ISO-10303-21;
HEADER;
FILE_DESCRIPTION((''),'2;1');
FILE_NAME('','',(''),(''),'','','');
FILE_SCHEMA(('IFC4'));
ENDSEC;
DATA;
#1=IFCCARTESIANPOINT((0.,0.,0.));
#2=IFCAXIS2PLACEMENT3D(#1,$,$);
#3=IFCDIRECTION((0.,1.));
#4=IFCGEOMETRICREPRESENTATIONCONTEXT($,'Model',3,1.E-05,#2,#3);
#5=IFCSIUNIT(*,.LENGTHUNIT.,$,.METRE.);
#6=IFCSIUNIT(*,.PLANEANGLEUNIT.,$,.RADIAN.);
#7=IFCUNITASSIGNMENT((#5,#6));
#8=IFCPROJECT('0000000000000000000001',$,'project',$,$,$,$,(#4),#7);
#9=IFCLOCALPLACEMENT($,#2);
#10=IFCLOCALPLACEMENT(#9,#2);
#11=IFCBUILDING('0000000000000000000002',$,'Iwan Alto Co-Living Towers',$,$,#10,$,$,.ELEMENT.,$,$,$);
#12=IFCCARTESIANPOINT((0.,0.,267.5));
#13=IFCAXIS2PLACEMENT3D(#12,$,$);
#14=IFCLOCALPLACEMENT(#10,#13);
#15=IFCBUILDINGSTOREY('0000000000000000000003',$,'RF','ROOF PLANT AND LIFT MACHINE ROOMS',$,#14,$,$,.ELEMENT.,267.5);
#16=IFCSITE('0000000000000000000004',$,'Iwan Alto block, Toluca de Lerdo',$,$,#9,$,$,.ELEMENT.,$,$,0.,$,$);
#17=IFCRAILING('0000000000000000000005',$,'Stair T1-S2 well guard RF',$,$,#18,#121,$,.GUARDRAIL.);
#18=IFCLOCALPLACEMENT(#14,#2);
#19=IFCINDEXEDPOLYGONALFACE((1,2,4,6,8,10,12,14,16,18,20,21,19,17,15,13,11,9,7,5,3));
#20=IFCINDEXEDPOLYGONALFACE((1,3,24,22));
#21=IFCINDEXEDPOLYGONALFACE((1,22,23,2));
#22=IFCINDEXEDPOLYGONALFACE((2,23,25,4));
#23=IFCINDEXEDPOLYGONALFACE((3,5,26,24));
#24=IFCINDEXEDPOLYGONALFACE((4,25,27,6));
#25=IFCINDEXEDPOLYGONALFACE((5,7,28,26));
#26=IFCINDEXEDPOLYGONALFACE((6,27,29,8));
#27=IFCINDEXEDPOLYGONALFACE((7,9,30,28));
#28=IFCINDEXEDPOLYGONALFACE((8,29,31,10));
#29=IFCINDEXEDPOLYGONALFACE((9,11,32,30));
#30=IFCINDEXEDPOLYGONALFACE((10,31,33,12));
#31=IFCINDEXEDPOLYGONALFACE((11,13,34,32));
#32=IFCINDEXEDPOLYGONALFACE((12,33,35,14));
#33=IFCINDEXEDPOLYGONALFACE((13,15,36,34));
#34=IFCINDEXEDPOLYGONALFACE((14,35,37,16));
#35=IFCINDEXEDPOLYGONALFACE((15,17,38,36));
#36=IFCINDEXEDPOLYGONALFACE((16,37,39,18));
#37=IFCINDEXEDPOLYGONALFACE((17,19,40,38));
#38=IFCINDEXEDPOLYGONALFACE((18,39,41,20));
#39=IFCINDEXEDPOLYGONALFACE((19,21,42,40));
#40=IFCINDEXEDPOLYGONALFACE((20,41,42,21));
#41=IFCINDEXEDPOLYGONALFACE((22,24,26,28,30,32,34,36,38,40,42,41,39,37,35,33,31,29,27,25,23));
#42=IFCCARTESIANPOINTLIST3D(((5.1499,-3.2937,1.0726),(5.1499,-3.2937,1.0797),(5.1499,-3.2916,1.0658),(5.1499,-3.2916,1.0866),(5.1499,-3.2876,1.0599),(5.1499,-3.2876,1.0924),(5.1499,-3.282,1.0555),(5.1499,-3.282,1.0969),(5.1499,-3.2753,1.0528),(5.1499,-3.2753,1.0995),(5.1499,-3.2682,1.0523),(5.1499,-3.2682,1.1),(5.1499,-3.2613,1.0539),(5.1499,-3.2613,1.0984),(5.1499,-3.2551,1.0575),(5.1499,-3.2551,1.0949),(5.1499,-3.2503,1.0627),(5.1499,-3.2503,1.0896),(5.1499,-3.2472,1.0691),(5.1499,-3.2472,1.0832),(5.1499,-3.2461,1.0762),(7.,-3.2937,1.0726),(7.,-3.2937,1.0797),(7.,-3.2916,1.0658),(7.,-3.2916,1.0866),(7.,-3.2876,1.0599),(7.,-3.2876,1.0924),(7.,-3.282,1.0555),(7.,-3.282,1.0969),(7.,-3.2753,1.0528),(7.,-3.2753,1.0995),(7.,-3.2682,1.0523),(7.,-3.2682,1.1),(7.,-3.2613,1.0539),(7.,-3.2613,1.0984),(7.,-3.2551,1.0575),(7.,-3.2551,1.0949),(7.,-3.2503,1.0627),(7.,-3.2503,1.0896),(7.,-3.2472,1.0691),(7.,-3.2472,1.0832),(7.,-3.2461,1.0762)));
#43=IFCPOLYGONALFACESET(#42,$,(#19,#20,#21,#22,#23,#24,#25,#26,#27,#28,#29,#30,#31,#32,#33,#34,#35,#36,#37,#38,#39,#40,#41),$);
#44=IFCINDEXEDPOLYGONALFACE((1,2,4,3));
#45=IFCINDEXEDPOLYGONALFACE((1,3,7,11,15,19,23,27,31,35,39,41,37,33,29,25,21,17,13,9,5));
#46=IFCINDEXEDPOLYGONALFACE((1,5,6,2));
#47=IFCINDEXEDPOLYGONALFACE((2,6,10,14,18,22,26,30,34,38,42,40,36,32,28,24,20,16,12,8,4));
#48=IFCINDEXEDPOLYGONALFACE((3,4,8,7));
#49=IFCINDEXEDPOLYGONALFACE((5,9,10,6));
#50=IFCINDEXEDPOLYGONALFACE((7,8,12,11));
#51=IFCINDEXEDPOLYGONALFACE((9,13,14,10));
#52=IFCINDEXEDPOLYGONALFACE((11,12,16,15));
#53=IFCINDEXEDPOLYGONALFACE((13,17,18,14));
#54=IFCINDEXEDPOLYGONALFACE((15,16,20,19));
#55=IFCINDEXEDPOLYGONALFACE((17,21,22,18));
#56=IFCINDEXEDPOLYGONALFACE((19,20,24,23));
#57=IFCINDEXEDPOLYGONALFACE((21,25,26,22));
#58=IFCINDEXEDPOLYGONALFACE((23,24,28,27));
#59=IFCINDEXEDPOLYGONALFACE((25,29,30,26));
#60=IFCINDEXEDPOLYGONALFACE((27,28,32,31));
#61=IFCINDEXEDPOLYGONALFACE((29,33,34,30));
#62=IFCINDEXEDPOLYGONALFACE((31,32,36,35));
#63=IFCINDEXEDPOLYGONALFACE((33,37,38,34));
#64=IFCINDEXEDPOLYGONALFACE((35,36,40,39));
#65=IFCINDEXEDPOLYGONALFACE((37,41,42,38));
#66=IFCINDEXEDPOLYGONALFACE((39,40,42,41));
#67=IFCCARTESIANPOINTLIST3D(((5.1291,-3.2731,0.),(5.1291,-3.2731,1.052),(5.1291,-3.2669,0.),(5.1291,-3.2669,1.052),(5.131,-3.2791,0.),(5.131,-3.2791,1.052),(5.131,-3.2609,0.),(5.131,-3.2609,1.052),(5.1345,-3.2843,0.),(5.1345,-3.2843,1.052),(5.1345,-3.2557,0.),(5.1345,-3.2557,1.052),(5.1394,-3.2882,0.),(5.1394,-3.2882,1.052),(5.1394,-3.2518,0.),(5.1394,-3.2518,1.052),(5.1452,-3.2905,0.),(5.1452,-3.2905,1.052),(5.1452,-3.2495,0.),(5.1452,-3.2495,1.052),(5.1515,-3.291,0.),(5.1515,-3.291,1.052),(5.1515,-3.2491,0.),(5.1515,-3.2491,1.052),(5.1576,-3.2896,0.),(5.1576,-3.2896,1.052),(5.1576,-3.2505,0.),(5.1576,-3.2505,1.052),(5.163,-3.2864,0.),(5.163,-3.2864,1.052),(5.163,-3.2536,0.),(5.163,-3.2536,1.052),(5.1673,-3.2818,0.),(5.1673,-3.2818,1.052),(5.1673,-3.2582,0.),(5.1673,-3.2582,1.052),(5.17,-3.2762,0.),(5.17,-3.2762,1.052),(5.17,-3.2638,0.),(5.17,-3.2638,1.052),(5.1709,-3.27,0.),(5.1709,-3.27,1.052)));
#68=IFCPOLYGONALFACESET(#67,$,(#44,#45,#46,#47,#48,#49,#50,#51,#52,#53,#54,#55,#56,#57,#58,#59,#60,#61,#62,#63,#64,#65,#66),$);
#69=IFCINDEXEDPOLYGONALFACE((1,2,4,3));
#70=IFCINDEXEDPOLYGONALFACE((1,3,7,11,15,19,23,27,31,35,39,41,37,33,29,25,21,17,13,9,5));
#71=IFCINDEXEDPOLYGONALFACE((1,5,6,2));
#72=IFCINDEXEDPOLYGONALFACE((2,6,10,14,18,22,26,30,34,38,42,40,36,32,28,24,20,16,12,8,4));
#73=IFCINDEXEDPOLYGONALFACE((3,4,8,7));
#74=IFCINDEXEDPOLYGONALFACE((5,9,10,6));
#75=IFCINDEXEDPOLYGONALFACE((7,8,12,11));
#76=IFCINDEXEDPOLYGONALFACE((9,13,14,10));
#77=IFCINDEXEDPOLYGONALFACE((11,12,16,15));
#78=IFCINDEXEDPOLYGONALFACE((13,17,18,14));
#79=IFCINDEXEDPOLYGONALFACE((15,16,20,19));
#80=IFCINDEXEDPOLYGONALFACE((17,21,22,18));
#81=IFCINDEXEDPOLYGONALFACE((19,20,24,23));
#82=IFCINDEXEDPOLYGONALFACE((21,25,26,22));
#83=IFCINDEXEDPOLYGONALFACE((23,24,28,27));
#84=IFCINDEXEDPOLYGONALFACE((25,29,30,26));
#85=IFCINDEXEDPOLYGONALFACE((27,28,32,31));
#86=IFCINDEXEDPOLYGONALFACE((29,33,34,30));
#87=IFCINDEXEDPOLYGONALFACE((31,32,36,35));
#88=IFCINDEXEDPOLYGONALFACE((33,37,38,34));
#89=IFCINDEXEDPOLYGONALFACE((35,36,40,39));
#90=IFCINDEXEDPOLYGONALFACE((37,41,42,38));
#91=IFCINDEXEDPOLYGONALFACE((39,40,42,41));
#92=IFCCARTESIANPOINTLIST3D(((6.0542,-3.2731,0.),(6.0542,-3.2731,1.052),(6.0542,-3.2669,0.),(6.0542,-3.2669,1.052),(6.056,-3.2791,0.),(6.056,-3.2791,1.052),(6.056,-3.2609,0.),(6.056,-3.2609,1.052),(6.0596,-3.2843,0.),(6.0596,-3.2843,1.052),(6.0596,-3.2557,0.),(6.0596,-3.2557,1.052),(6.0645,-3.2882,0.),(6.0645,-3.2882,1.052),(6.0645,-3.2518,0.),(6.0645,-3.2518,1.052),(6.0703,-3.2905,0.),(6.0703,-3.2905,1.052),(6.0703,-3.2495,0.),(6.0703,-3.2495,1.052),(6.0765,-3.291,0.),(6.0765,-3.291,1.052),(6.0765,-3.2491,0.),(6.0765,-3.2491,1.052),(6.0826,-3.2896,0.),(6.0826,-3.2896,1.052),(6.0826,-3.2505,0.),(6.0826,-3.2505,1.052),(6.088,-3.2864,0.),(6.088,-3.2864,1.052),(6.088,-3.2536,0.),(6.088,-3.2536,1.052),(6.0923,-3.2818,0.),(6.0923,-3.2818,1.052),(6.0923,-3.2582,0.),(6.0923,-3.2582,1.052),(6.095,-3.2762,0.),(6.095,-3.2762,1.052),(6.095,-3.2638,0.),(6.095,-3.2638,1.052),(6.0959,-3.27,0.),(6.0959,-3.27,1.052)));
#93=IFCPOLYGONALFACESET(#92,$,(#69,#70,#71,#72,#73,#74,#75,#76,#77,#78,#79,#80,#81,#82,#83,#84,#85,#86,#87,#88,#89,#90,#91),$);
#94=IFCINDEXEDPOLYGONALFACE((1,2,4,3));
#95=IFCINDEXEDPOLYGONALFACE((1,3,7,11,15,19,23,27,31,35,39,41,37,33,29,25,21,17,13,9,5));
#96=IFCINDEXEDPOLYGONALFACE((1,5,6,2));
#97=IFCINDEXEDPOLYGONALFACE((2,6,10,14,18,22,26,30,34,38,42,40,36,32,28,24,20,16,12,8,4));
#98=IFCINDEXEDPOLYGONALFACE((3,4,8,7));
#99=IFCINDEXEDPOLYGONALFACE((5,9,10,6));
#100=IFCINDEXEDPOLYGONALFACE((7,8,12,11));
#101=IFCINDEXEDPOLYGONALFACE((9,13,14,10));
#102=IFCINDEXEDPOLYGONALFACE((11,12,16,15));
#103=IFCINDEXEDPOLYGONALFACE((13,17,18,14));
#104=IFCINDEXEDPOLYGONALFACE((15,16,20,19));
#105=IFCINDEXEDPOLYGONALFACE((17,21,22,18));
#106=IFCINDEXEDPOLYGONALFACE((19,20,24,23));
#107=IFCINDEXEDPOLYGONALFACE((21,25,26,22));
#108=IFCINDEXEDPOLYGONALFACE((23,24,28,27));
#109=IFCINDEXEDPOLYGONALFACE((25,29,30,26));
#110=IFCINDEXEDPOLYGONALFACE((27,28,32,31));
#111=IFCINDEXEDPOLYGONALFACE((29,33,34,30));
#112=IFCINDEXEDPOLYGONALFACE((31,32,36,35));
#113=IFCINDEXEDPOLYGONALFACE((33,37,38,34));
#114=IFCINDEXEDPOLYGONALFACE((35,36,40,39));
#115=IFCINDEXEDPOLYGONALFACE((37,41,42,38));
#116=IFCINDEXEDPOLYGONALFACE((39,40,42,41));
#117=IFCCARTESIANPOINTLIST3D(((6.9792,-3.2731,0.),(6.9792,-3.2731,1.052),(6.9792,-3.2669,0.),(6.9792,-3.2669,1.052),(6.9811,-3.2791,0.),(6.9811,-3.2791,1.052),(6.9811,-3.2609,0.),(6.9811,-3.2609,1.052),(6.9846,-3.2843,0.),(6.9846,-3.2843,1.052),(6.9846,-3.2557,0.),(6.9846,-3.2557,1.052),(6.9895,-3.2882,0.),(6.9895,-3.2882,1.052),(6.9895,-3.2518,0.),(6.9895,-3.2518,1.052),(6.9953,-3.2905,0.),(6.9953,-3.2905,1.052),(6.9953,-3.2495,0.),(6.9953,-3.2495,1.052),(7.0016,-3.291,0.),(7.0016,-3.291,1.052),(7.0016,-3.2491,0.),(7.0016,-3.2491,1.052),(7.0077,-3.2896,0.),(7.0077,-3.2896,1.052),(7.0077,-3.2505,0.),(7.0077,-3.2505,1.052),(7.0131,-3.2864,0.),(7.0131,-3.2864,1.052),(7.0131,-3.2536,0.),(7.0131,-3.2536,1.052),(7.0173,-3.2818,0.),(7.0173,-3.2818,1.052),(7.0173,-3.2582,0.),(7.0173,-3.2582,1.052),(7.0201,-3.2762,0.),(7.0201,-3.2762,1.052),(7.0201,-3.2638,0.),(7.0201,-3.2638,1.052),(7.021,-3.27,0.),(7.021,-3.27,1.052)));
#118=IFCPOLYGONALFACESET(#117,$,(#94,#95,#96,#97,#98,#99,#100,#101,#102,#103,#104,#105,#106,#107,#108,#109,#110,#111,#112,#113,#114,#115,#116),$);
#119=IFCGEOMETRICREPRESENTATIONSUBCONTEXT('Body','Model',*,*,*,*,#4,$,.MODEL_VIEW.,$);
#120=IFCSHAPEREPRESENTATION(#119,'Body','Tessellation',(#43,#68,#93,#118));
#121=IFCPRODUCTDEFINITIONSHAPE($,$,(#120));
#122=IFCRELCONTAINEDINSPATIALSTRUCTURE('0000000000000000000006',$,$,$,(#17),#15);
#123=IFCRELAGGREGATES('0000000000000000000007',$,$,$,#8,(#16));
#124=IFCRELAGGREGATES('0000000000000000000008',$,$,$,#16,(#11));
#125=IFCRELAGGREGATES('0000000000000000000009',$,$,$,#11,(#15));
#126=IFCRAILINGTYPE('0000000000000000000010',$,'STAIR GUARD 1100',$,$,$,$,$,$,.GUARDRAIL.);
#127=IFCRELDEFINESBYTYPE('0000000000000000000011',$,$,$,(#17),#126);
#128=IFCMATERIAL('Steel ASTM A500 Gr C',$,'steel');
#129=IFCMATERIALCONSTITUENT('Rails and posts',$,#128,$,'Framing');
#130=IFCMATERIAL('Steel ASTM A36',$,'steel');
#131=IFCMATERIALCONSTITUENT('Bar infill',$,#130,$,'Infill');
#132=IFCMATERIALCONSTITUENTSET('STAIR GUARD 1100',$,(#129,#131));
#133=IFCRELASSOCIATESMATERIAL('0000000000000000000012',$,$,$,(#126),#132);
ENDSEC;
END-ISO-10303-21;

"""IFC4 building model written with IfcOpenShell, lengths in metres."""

from ifc_helpers import new_model, si_unit, direction, frame, origin, origin_2d, place, context, subcontext, project, spatial, circle, extrude, material, constituent, constituent_set, type_object, element, save


model = new_model("IFC4")

# Units and contexts
model_context = context("Model", 3, precision=1e-05, world=origin(), true_north=direction((0.0, 1.0)))
body_context = subcontext(model_context, "Body", "Model", "MODEL_VIEW")
ifc_project = project(units=[si_unit("LENGTHUNIT", "METRE"), si_unit("PLANEANGLEUNIT", "RADIAN")], contexts=[model_context])

# Site, building, storey
site_placement = place(None, origin())
site = spatial("IfcSite", under=ifc_project, at=site_placement, Name="Iwan Alto block, Toluca de Lerdo", CompositionType="ELEMENT", RefElevation=0.0)
building_placement = place(site_placement, origin())
building = spatial("IfcBuilding", under=site, at=building_placement, Name="Iwan Alto Co-Living Towers", CompositionType="ELEMENT")
storey_placement = place(building_placement, frame((0.0, 0.0, 267.5)))
storey = spatial("IfcBuildingStorey", under=building, at=storey_placement, Name="RF", Description="ROOF PLANT AND LIFT MACHINE ROOMS", CompositionType="ELEMENT", Elevation=267.5)

# Railing
ifc_material_1 = material(Name="Steel ASTM A500 Gr C", Category="steel")
ifc_constituent_1 = constituent(ifc_material_1, Name="Rails and posts", Category="Framing")
ifc_material_2 = material(Name="Steel ASTM A36", Category="steel")
ifc_constituent_2 = constituent(ifc_material_2, Name="Bar infill", Category="Infill")
ifc_constituent_set = constituent_set(constituents=[ifc_constituent_1, ifc_constituent_2], Name="STAIR GUARD 1100")
railing_type = type_object("IfcRailingType", Name="STAIR GUARD 1100", PredefinedType="GUARDRAIL", material=ifc_constituent_set)
railing_placement = place(storey_placement, frame((5.1499, -3.27, 0.0)))
element("IfcRailing", 1, at=railing_placement, inside=storey, type_object=railing_type, Name="Stair T1-S2 well guard RF", PredefinedType="GUARDRAIL", context=body_context, shape_type="SweptSolid", body=[
    extrude(circle(Radius=0.0239, at=origin_2d()), frame((0.0, 0.0, 1.0762), z_axis=(1.0, 0.0, 0.0), x_axis=(0.0, 1.0, 0.0)), (0.0, 0.0, 1.0), 1.8501),
    extrude(circle(Radius=0.021, at=origin_2d()), origin(), (0.0, 0.0, 1.0), 1.052),
    extrude(circle(Radius=0.021, at=origin_2d()), frame((0.925, 0.0, 0.0)), (0.0, 0.0, 1.0), 1.052),
    extrude(circle(Radius=0.021, at=origin_2d()), frame((1.8501, 0.0, 0.0)), (0.0, 0.0, 1.0), 1.052),
])

save(model, "model.ifc")
